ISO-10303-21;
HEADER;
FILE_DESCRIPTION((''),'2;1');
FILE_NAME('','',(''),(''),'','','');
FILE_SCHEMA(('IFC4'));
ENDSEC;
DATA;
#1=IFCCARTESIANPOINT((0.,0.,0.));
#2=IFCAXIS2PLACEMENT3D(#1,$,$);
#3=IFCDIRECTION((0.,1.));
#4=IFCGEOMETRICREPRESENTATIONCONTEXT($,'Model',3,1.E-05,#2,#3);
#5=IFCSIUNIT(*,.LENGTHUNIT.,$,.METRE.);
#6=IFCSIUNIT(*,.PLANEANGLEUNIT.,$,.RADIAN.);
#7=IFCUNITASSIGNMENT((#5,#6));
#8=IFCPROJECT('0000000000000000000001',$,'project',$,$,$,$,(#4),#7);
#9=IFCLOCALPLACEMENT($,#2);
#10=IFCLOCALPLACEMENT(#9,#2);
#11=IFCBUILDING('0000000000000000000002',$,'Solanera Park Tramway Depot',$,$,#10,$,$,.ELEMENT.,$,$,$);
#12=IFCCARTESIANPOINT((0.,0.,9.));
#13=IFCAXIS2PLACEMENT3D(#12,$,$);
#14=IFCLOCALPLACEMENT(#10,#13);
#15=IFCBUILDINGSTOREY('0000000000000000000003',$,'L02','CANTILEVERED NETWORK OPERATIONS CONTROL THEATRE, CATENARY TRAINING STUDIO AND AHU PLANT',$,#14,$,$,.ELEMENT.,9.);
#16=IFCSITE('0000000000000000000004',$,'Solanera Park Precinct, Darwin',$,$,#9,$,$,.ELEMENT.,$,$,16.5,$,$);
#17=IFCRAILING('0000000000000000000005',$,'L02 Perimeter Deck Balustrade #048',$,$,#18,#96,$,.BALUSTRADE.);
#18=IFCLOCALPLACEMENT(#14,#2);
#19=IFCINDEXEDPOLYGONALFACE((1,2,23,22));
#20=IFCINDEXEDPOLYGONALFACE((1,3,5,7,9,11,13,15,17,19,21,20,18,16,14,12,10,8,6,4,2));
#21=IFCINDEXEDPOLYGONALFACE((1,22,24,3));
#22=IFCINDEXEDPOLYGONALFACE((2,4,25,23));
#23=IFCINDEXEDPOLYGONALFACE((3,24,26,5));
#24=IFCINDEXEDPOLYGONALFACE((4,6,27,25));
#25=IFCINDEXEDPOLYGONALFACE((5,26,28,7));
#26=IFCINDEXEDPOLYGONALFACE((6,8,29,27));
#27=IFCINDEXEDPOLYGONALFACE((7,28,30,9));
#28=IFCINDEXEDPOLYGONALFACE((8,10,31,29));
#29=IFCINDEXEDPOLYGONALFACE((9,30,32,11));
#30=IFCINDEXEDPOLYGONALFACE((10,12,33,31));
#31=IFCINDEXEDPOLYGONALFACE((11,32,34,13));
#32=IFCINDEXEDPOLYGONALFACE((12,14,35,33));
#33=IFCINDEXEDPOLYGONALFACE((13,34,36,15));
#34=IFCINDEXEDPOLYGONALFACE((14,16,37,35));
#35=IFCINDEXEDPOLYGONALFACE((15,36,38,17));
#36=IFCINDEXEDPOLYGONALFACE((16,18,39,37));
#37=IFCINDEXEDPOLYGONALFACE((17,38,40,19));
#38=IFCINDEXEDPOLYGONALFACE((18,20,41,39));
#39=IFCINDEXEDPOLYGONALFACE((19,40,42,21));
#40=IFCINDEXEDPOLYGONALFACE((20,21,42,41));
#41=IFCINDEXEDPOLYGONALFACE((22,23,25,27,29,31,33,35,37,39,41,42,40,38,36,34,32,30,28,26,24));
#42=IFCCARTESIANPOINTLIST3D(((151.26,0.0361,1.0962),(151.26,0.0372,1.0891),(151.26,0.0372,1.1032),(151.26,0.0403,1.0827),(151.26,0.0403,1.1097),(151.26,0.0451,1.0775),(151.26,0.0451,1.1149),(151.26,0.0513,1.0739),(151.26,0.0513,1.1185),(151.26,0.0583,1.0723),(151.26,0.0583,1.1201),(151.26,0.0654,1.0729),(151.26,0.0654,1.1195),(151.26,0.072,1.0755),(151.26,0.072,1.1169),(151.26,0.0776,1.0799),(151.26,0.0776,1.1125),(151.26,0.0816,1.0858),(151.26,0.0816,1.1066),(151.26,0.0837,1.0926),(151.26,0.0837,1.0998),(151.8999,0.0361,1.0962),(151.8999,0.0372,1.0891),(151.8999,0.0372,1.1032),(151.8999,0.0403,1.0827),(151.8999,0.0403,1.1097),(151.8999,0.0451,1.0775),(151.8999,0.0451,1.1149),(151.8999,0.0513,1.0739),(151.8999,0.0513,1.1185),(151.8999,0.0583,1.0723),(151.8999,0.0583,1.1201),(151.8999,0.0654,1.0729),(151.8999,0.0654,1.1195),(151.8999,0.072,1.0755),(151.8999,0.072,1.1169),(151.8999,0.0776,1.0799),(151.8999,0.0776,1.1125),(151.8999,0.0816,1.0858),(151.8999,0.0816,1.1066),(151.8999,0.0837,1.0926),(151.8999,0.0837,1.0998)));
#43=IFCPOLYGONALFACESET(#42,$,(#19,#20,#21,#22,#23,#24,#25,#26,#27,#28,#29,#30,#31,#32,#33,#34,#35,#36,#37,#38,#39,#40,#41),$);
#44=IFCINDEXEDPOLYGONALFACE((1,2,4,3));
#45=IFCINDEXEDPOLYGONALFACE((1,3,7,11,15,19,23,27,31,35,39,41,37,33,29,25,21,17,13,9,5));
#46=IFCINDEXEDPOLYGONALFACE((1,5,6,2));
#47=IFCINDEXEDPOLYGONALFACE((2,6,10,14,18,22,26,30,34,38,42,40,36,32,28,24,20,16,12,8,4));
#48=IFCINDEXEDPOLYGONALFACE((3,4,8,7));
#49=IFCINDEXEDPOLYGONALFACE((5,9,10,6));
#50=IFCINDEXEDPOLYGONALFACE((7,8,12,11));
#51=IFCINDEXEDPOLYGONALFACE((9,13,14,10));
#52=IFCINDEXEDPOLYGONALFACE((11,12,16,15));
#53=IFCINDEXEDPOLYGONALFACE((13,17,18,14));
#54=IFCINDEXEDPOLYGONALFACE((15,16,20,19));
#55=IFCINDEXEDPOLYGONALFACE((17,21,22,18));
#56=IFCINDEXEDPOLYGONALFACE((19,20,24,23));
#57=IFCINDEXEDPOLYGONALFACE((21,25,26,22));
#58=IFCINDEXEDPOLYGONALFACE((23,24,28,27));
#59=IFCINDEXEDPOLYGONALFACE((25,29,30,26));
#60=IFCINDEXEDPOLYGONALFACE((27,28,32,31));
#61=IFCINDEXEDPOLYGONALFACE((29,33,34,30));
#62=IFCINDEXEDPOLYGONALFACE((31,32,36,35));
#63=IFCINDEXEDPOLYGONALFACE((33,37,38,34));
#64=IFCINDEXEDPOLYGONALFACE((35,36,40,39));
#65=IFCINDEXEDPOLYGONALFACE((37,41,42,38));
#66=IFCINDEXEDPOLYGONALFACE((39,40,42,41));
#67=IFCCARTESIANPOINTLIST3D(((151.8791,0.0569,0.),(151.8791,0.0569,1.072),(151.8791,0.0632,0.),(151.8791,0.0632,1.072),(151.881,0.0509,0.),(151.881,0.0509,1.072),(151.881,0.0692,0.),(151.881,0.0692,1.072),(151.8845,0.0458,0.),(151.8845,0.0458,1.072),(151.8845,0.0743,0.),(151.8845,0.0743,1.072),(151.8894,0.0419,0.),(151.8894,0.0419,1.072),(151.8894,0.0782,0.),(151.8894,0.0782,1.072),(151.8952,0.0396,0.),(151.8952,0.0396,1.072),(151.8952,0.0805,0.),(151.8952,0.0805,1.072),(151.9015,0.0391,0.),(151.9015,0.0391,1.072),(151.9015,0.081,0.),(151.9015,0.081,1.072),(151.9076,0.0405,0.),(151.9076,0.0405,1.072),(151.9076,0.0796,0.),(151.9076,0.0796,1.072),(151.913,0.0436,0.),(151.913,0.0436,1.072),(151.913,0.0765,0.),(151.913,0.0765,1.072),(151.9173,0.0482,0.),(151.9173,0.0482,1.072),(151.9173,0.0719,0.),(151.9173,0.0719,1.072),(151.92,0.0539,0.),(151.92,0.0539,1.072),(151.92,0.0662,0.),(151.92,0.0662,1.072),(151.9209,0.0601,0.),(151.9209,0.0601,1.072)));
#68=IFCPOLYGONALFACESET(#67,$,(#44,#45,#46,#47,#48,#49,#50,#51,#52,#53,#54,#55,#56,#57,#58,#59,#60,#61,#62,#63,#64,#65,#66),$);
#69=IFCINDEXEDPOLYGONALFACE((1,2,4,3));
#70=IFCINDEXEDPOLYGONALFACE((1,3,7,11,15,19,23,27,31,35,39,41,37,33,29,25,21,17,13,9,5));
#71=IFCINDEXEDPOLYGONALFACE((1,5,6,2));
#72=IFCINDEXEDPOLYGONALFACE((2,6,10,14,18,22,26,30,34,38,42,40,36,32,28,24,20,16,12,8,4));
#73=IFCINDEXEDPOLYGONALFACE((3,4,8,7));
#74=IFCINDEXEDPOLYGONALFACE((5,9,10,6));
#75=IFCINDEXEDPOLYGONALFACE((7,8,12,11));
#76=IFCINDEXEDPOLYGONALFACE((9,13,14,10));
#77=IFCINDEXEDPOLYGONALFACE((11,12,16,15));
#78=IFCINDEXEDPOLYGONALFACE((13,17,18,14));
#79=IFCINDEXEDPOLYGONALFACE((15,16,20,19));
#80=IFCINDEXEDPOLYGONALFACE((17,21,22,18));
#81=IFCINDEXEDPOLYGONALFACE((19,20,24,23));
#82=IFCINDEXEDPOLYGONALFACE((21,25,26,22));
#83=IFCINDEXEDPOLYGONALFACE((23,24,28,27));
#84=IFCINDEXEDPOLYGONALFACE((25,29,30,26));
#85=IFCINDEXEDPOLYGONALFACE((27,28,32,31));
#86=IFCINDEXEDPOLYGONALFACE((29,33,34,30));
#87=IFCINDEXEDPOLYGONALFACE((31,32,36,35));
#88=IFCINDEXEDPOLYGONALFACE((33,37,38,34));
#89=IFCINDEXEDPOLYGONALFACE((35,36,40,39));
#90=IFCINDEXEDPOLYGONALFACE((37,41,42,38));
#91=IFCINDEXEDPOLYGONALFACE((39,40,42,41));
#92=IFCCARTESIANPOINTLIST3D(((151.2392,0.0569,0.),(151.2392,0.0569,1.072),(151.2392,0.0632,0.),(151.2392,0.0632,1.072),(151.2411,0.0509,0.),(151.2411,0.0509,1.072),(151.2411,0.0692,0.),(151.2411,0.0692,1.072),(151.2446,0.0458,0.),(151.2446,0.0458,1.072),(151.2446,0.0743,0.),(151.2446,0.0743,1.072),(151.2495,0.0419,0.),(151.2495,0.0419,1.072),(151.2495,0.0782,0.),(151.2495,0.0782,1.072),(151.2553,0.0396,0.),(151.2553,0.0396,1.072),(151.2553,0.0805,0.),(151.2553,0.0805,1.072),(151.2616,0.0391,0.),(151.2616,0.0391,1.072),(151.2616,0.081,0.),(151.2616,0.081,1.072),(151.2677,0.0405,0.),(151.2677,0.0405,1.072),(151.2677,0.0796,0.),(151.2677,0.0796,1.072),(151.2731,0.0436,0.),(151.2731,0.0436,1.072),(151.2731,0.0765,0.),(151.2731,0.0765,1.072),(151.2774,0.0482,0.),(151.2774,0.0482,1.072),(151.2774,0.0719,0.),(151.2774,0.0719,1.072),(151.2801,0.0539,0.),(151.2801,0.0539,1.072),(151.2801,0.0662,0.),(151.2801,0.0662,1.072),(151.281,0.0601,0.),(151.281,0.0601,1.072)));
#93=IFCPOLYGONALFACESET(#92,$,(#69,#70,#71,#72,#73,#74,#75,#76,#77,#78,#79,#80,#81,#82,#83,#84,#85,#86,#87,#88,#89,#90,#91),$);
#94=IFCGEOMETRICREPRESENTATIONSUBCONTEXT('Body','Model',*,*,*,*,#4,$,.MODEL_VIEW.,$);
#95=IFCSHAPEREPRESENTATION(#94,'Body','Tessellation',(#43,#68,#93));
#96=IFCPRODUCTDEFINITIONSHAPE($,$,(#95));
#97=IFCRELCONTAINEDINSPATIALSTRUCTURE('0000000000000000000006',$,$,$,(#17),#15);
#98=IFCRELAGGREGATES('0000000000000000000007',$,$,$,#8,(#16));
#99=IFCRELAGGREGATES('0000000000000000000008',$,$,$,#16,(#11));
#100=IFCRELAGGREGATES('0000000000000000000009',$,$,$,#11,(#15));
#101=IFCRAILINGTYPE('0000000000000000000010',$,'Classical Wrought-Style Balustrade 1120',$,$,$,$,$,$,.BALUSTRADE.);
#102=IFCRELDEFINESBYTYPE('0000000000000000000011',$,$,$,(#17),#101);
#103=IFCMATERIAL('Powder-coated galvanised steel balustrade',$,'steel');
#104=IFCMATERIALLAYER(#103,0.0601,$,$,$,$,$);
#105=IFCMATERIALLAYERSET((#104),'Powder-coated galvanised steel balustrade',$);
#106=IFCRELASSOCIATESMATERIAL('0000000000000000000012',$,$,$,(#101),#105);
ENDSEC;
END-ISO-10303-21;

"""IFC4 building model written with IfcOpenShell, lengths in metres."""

from ifc_helpers import new_model, si_unit, direction, frame, origin, origin_2d, place, context, subcontext, project, spatial, circle, extrude, material, layer, layer_set, type_object, element, save


model = new_model("IFC4")

# Units and contexts
model_context = context("Model", 3, precision=1e-05, world=origin(), true_north=direction((0.0, 1.0)))
body_context = subcontext(model_context, "Body", "Model", "MODEL_VIEW")
ifc_project = project(units=[si_unit("LENGTHUNIT", "METRE"), si_unit("PLANEANGLEUNIT", "RADIAN")], contexts=[model_context])

# Site, building, storey
site_placement = place(None, origin())
site = spatial("IfcSite", under=ifc_project, at=site_placement, Name="Solanera Park Precinct, Darwin", CompositionType="ELEMENT", RefElevation=16.5)
building_placement = place(site_placement, origin())
building = spatial("IfcBuilding", under=site, at=building_placement, Name="Solanera Park Tramway Depot", CompositionType="ELEMENT")
storey_placement = place(building_placement, frame((0.0, 0.0, 9.0)))
storey = spatial("IfcBuildingStorey", under=building, at=storey_placement, Name="L02", Description="CANTILEVERED NETWORK OPERATIONS CONTROL THEATRE, CATENARY TRAINING STUDIO AND AHU PLANT", CompositionType="ELEMENT", Elevation=9.0)

# Railing
ifc_material_1 = material(Name="Powder-coated galvanised steel balustrade", Category="steel")
ifc_layer_1 = layer(ifc_material_1, 0.0601)
ifc_layer_set_1 = layer_set([ifc_layer_1], Name="Powder-coated galvanised steel balustrade")
railing_type = type_object("IfcRailingType", Name="Classical Wrought-Style Balustrade 1120", PredefinedType="BALUSTRADE", material=ifc_layer_set_1)
railing_1_placement = place(storey_placement, frame((151.8999, 0.0601, 0.0)))
element("IfcRailing", 1, at=railing_1_placement, inside=storey, type_object=railing_type, Name="L02 Perimeter Deck Balustrade #048", PredefinedType="BALUSTRADE", context=body_context, shape_type="SweptSolid", body=[
    extrude(circle(Radius=0.0239, at=origin_2d()), frame((0.0, 0.0, 1.0962), z_axis=(-1.0, 0.0, 0.0), x_axis=(0.0, -1.0, 0.0)), (0.0, 0.0, 1.0), 0.6399),
    extrude(circle(Radius=0.021, at=origin_2d()), origin(), (0.0, 0.0, 1.0), 1.072),
    extrude(circle(Radius=0.021, at=origin_2d()), frame((-0.6399, 0.0, 0.0)), (0.0, 0.0, 1.0), 1.072),
])

save(model, "model.ifc")
